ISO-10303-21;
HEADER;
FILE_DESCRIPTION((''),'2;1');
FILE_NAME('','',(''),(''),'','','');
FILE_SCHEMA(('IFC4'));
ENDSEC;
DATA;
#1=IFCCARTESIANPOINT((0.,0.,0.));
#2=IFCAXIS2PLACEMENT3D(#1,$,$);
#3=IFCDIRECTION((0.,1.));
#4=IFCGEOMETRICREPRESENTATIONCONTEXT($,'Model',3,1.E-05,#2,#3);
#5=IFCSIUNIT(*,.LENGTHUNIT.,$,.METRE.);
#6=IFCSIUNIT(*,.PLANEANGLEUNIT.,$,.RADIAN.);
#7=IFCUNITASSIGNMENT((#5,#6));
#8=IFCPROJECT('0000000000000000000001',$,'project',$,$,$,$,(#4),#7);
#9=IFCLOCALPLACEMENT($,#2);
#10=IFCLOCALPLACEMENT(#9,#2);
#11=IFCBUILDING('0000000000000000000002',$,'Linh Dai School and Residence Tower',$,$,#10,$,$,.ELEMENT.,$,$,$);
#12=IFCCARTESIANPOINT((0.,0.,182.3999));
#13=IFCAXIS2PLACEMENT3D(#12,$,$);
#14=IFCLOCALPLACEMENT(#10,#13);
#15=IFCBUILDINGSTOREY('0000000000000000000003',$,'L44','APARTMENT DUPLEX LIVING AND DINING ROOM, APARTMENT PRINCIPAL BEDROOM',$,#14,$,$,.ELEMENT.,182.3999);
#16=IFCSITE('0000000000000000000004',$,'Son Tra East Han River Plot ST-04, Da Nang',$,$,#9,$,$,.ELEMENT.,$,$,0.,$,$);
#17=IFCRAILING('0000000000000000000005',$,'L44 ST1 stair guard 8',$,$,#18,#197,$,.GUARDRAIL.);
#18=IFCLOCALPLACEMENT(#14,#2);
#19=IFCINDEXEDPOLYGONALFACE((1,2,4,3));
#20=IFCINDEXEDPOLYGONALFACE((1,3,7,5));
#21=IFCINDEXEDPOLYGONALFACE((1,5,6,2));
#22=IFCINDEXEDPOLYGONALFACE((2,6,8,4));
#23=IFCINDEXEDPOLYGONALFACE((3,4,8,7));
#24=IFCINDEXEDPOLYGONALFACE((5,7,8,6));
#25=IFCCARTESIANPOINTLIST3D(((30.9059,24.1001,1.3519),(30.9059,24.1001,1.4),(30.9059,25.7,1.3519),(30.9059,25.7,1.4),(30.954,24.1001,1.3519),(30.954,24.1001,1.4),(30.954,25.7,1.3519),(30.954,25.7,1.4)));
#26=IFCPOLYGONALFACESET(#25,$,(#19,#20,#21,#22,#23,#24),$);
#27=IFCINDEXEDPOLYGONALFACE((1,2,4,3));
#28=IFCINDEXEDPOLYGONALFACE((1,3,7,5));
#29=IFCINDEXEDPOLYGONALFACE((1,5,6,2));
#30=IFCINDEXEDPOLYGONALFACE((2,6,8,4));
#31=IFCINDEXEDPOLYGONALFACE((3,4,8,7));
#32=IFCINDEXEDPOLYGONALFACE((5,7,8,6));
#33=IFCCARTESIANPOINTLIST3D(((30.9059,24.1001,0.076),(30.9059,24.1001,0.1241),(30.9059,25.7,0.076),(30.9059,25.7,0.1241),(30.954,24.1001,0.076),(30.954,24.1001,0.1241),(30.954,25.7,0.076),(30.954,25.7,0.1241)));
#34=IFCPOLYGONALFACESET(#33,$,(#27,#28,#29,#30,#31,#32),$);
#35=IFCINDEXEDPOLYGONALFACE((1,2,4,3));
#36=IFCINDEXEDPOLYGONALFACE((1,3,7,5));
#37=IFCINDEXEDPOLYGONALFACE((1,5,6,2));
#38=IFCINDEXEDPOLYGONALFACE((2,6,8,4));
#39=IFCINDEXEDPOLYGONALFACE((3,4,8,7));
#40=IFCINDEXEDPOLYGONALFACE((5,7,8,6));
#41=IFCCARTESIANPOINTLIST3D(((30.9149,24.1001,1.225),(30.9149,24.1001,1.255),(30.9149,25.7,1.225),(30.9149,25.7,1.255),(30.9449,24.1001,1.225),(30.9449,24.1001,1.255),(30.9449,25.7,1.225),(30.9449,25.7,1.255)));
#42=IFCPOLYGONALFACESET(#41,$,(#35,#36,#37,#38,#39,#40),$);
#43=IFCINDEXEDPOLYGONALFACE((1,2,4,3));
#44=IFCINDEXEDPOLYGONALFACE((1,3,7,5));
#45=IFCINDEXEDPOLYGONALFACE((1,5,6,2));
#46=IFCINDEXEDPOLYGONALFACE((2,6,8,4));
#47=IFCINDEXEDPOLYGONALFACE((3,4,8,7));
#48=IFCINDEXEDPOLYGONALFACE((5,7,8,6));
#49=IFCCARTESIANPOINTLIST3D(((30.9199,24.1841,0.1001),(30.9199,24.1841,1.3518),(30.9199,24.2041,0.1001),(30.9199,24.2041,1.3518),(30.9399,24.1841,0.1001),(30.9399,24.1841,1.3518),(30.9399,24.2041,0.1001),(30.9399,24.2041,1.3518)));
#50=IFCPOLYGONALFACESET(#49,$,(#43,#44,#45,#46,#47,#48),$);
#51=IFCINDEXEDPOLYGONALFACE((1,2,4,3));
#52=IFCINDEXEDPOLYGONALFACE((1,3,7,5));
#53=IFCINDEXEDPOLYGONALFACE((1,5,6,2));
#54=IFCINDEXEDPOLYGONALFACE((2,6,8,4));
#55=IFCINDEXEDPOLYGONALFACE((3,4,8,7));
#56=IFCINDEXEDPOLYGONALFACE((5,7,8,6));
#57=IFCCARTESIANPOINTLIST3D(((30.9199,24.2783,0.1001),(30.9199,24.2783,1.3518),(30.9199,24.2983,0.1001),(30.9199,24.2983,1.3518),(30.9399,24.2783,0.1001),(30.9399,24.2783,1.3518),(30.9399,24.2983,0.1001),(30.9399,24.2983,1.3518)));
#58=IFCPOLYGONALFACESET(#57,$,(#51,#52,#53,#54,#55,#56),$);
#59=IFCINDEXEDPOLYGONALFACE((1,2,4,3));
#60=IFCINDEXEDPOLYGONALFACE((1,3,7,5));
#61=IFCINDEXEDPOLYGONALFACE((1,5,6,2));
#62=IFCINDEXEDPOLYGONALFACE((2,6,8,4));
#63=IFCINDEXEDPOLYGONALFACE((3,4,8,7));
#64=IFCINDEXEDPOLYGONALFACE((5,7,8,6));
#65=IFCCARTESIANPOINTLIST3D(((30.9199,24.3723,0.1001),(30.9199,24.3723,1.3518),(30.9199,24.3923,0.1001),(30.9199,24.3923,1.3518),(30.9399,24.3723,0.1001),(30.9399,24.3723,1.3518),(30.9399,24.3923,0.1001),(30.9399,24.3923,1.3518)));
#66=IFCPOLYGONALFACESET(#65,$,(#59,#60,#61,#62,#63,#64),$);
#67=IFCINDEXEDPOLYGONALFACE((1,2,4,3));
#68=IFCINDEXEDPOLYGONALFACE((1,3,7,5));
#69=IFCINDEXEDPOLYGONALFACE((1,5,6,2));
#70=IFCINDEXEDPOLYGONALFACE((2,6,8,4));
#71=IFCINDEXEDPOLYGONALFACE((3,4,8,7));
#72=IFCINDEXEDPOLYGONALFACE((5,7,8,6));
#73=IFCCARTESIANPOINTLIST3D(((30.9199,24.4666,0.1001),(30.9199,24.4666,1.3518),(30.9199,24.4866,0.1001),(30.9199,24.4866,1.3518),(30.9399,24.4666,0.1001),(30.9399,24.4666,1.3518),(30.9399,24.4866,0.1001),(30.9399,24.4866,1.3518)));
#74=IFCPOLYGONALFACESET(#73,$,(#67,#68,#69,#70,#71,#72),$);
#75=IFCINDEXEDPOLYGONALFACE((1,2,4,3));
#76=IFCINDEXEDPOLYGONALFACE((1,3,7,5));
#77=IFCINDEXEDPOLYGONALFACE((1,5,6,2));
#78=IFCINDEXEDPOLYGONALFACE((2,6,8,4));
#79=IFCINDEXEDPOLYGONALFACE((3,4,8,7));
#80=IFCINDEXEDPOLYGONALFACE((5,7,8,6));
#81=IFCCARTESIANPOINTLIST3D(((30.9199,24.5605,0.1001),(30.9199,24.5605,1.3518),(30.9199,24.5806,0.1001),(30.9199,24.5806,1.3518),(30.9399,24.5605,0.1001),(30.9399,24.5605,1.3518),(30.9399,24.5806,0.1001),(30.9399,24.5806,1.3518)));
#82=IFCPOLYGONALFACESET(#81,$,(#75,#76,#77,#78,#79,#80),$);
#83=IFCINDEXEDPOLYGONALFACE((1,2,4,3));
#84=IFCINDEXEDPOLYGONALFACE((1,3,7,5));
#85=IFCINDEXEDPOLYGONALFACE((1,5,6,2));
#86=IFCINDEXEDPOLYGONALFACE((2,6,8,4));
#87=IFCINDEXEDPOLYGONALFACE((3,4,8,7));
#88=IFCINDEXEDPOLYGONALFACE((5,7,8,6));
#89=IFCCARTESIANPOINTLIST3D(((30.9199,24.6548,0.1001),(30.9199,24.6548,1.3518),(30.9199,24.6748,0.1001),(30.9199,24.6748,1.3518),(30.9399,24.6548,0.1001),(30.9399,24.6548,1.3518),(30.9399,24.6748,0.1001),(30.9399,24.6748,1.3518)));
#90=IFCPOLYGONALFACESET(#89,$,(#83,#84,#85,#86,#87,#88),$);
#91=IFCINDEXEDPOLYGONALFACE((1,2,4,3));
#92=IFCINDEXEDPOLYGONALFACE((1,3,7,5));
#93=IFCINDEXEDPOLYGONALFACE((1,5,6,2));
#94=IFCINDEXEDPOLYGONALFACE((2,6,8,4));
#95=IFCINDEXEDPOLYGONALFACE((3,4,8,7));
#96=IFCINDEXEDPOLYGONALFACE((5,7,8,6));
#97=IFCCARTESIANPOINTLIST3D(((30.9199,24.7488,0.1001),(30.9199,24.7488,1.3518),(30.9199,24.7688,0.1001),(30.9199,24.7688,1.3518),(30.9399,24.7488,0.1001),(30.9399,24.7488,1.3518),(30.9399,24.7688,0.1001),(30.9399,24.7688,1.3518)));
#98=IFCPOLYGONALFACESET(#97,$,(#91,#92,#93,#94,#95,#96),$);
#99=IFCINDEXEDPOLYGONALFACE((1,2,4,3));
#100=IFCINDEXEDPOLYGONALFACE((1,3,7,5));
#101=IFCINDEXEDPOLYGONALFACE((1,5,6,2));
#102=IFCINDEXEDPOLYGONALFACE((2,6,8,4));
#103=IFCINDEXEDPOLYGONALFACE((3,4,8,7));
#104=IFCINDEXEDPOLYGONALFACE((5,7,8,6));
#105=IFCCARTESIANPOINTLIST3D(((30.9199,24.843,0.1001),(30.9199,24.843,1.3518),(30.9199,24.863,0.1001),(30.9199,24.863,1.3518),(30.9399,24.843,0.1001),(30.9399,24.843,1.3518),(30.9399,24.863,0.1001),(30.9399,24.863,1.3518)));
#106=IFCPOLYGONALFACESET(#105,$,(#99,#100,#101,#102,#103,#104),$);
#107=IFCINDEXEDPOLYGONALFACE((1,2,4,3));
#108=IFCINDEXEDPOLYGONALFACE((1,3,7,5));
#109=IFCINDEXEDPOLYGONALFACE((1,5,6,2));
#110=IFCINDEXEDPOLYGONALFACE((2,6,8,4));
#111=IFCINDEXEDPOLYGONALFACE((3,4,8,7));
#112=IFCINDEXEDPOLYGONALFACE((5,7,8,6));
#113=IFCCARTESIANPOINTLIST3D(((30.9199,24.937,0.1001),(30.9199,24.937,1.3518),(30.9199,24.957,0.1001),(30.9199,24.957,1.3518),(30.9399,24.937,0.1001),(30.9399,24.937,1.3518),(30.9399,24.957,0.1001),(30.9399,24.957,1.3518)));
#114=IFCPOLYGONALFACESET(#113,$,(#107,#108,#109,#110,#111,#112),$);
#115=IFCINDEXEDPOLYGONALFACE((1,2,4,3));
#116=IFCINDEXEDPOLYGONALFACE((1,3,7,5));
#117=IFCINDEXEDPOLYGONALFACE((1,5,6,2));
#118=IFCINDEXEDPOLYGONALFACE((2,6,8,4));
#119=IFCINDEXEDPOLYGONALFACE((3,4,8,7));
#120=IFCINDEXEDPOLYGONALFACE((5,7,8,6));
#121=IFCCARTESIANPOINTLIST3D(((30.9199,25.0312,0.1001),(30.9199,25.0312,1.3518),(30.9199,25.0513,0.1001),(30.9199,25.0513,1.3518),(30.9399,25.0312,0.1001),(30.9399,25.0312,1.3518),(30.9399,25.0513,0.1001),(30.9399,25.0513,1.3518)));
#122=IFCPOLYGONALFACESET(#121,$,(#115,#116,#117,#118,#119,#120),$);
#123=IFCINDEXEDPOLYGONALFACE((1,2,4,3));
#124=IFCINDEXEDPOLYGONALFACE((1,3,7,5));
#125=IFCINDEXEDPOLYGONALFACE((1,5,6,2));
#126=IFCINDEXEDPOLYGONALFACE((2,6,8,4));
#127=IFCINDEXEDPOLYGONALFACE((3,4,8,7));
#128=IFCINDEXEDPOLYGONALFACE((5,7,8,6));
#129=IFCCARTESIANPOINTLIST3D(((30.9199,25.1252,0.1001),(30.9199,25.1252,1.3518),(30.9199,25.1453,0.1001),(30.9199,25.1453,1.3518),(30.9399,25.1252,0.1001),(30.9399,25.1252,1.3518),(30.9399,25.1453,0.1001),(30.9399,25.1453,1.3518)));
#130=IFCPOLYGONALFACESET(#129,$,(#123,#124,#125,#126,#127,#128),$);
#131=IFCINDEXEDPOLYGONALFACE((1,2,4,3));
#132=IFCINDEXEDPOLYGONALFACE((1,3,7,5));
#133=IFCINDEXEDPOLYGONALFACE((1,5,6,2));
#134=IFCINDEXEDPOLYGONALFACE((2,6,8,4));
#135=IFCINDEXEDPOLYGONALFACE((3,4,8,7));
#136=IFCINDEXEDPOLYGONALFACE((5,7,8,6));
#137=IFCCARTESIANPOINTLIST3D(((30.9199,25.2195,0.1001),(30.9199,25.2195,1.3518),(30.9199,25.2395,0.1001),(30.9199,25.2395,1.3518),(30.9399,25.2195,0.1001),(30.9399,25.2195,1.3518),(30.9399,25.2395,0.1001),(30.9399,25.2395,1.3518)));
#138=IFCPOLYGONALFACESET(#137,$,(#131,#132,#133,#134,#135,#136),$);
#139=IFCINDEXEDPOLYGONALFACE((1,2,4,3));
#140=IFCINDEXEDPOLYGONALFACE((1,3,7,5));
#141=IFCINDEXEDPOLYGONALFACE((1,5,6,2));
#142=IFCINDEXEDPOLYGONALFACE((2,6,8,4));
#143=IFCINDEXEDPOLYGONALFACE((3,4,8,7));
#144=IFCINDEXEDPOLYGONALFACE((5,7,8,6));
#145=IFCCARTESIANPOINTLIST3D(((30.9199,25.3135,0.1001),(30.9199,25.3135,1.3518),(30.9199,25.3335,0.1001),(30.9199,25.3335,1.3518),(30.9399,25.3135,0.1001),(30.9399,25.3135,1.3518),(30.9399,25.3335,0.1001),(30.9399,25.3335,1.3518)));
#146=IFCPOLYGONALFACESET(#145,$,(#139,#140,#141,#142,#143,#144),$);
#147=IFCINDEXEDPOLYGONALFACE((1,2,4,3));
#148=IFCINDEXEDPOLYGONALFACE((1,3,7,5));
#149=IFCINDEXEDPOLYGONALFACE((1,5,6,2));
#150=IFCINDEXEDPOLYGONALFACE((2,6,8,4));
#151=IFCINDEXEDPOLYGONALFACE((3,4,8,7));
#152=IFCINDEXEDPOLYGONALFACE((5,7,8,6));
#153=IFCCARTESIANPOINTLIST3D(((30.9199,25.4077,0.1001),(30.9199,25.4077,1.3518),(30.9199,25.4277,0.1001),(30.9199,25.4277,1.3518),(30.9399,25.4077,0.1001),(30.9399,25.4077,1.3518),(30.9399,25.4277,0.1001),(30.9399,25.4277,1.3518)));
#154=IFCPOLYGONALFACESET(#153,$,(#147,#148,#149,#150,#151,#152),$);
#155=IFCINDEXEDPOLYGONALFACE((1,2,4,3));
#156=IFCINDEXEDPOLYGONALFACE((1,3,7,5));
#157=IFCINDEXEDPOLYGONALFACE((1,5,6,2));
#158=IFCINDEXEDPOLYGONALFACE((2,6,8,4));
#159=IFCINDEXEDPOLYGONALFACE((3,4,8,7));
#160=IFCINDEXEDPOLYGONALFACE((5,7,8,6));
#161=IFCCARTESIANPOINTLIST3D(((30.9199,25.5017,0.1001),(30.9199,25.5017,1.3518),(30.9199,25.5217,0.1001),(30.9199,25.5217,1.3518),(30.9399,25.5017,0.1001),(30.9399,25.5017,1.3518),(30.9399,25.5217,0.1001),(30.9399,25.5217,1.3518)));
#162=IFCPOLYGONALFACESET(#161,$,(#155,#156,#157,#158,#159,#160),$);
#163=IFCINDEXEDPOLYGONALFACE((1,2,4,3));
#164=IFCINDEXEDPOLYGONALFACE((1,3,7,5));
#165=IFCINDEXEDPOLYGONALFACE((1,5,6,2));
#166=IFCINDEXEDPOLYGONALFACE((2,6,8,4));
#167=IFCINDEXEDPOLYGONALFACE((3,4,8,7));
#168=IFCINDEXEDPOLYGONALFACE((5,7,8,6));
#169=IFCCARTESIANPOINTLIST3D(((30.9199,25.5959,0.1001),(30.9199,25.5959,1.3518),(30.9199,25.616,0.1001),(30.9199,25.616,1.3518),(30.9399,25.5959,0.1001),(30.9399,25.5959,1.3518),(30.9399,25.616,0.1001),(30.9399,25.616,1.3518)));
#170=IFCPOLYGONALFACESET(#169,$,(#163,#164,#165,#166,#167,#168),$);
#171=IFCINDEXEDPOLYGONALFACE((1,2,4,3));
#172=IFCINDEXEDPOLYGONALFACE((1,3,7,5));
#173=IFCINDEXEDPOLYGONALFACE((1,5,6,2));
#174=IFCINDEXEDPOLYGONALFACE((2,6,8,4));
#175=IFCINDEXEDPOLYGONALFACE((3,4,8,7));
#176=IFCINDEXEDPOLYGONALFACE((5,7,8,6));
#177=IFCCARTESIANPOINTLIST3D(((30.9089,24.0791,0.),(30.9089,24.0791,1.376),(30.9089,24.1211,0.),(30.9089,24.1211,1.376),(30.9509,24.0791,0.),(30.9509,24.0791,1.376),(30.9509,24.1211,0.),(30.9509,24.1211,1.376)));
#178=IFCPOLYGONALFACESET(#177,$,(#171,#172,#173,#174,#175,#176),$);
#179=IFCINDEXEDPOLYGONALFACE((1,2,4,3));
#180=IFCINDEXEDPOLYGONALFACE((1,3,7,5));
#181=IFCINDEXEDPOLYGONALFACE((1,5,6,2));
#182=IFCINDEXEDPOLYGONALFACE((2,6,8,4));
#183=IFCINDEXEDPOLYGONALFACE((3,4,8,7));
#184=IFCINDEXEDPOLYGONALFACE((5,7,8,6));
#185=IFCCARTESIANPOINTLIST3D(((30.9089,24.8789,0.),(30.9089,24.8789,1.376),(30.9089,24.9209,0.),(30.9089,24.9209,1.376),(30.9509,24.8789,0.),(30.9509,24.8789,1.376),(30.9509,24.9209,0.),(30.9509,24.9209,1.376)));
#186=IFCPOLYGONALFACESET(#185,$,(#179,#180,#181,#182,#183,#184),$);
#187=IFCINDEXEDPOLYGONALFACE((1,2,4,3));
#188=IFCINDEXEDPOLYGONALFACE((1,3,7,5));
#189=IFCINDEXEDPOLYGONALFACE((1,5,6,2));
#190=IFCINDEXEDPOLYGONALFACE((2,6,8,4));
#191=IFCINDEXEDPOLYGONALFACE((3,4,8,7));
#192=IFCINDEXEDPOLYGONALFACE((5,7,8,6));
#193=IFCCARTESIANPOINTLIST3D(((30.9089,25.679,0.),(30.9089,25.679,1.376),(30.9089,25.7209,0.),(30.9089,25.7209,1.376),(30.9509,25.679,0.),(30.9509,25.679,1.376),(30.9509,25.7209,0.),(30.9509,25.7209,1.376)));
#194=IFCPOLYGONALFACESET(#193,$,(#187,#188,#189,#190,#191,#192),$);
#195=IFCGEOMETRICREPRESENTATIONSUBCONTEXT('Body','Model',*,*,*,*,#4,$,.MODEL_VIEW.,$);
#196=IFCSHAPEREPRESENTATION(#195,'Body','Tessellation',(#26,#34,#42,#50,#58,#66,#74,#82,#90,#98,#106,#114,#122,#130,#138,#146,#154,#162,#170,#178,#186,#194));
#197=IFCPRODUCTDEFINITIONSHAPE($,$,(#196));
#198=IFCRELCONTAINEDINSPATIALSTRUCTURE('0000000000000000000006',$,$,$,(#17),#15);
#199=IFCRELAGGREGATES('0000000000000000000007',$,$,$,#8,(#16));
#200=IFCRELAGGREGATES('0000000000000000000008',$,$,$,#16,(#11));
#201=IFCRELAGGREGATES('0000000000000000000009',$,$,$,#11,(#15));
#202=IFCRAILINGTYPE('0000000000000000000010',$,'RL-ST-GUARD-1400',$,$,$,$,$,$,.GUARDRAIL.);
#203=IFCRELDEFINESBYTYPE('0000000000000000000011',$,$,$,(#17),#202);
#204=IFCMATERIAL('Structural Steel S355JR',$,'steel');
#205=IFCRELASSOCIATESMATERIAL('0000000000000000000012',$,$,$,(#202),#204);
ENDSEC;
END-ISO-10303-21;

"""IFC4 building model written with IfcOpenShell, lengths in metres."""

from ifc_helpers import new_model, si_unit, direction, frame, origin, origin_2d, place, context, subcontext, project, spatial, rectangle, extrude, source, transform, mapped, material, type_object, element, save


model = new_model("IFC4")

# Units and contexts
model_context = context("Model", 3, precision=1e-05, world=origin(), true_north=direction((0.0, 1.0)))
body_context = subcontext(model_context, "Body", "Model", "MODEL_VIEW")
ifc_project = project(units=[si_unit("LENGTHUNIT", "METRE"), si_unit("PLANEANGLEUNIT", "RADIAN")], contexts=[model_context])

# Site, building, storey
site_placement = place(None, origin())
site = spatial("IfcSite", under=ifc_project, at=site_placement, Name="Son Tra East Han River Plot ST-04, Da Nang", CompositionType="ELEMENT", RefElevation=0.0)
building_placement = place(site_placement, origin())
building = spatial("IfcBuilding", under=site, at=building_placement, Name="Linh Dai School and Residence Tower", CompositionType="ELEMENT")
storey_placement = place(building_placement, frame((0.0, 0.0, 182.3999)))
storey = spatial("IfcBuildingStorey", under=building, at=storey_placement, Name="L44", Description="APARTMENT DUPLEX LIVING AND DINING ROOM, APARTMENT PRINCIPAL BEDROOM", CompositionType="ELEMENT", Elevation=182.3999)

# Shared definitions
ifc_material_1 = material(Name="Structural Steel S355JR", Category="steel")

# Railing
railing_type = type_object("IfcRailingType", Name="RL-ST-GUARD-1400", PredefinedType="GUARDRAIL", material=ifc_material_1)
shared_shape_1 = source(origin(), body_context, "Body", "SweptSolid", [
    extrude(rectangle(XDim=0.0481, YDim=0.0481, at=origin_2d()), frame((0.0, 0.0, 1.376), z_axis=(0.0, 1.0, 0.0), x_axis=(-1.0, 0.0, 0.0)), (0.0, 0.0, 1.0), 1.5999),
    extrude(rectangle(XDim=0.0481, YDim=0.0481, at=origin_2d()), frame((0.0, 0.0, 0.1001), z_axis=(0.0, 1.0, 0.0), x_axis=(-1.0, 0.0, 0.0)), (0.0, 0.0, 1.0), 1.5999),
    extrude(rectangle(XDim=0.03, YDim=0.03, at=origin_2d()), frame((0.0, 0.0, 1.24), z_axis=(0.0, 1.0, 0.0), x_axis=(-1.0, 0.0, 0.0)), (0.0, 0.0, 1.0), 1.5999),
    extrude(rectangle(XDim=0.02, YDim=0.02, at=origin_2d()), frame((0.0, 0.094, 0.1001)), (0.0, 0.0, 1.0), 1.2517),
    extrude(rectangle(XDim=0.02, YDim=0.02, at=origin_2d()), frame((0.0, 0.1882, 0.1001)), (0.0, 0.0, 1.0), 1.2517),
    extrude(rectangle(XDim=0.02, YDim=0.02, at=origin_2d()), frame((0.0, 0.2822, 0.1001)), (0.0, 0.0, 1.0), 1.2517),
    extrude(rectangle(XDim=0.02, YDim=0.02, at=origin_2d()), frame((0.0, 0.3765, 0.1001)), (0.0, 0.0, 1.0), 1.2517),
    extrude(rectangle(XDim=0.02, YDim=0.02, at=origin_2d()), frame((0.0, 0.4705, 0.1001)), (0.0, 0.0, 1.0), 1.2517),
    extrude(rectangle(XDim=0.02, YDim=0.02, at=origin_2d()), frame((0.0, 0.5647, 0.1001)), (0.0, 0.0, 1.0), 1.2517),
    extrude(rectangle(XDim=0.02, YDim=0.02, at=origin_2d()), frame((0.0, 0.6587, 0.1001)), (0.0, 0.0, 1.0), 1.2517),
    extrude(rectangle(XDim=0.02, YDim=0.02, at=origin_2d()), frame((0.0, 0.7529, 0.1001)), (0.0, 0.0, 1.0), 1.2517),
    extrude(rectangle(XDim=0.02, YDim=0.02, at=origin_2d()), frame((0.0, 0.8469, 0.1001)), (0.0, 0.0, 1.0), 1.2517),
    extrude(rectangle(XDim=0.02, YDim=0.02, at=origin_2d()), frame((0.0, 0.9412, 0.1001)), (0.0, 0.0, 1.0), 1.2517),
    extrude(rectangle(XDim=0.02, YDim=0.02, at=origin_2d()), frame((0.0, 1.0352, 0.1001)), (0.0, 0.0, 1.0), 1.2517),
    extrude(rectangle(XDim=0.02, YDim=0.02, at=origin_2d()), frame((0.0, 1.1294, 0.1001)), (0.0, 0.0, 1.0), 1.2517),
    extrude(rectangle(XDim=0.02, YDim=0.02, at=origin_2d()), frame((0.0, 1.2234, 0.1001)), (0.0, 0.0, 1.0), 1.2517),
    extrude(rectangle(XDim=0.02, YDim=0.02, at=origin_2d()), frame((0.0, 1.3176, 0.1001)), (0.0, 0.0, 1.0), 1.2517),
    extrude(rectangle(XDim=0.02, YDim=0.02, at=origin_2d()), frame((0.0, 1.4116, 0.1001)), (0.0, 0.0, 1.0), 1.2517),
    extrude(rectangle(XDim=0.02, YDim=0.02, at=origin_2d()), frame((0.0, 1.5059, 0.1001)), (0.0, 0.0, 1.0), 1.2517),
    extrude(rectangle(XDim=0.042, YDim=0.042, at=origin_2d()), origin(), (0.0, 0.0, 1.0), 1.376),
    extrude(rectangle(XDim=0.042, YDim=0.042, at=origin_2d()), frame((0.0, 0.7998, 0.0)), (0.0, 0.0, 1.0), 1.376),
    extrude(rectangle(XDim=0.042, YDim=0.042, at=origin_2d()), frame((0.0, 1.5999, 0.0)), (0.0, 0.0, 1.0), 1.376),
])
for number, where, name in (
    (1, (30.9299, 24.1001, 0.0), "L44 ST1 stair guard 8"),
):
    element("IfcRailing", number, at=place(storey_placement, frame(where)), inside=storey, type_object=railing_type, Name=name, PredefinedType="GUARDRAIL", context=body_context, shape_type="MappedRepresentation", body=[
        mapped(shared_shape_1, transform((0.0, 0.0, 0.0), x_axis=(1.0, 0.0, 0.0), y_axis=(0.0, 1.0, 0.0), z_axis=(0.0, 0.0, 1.0), scale=1.0)),
    ])

save(model, "model.ifc")
